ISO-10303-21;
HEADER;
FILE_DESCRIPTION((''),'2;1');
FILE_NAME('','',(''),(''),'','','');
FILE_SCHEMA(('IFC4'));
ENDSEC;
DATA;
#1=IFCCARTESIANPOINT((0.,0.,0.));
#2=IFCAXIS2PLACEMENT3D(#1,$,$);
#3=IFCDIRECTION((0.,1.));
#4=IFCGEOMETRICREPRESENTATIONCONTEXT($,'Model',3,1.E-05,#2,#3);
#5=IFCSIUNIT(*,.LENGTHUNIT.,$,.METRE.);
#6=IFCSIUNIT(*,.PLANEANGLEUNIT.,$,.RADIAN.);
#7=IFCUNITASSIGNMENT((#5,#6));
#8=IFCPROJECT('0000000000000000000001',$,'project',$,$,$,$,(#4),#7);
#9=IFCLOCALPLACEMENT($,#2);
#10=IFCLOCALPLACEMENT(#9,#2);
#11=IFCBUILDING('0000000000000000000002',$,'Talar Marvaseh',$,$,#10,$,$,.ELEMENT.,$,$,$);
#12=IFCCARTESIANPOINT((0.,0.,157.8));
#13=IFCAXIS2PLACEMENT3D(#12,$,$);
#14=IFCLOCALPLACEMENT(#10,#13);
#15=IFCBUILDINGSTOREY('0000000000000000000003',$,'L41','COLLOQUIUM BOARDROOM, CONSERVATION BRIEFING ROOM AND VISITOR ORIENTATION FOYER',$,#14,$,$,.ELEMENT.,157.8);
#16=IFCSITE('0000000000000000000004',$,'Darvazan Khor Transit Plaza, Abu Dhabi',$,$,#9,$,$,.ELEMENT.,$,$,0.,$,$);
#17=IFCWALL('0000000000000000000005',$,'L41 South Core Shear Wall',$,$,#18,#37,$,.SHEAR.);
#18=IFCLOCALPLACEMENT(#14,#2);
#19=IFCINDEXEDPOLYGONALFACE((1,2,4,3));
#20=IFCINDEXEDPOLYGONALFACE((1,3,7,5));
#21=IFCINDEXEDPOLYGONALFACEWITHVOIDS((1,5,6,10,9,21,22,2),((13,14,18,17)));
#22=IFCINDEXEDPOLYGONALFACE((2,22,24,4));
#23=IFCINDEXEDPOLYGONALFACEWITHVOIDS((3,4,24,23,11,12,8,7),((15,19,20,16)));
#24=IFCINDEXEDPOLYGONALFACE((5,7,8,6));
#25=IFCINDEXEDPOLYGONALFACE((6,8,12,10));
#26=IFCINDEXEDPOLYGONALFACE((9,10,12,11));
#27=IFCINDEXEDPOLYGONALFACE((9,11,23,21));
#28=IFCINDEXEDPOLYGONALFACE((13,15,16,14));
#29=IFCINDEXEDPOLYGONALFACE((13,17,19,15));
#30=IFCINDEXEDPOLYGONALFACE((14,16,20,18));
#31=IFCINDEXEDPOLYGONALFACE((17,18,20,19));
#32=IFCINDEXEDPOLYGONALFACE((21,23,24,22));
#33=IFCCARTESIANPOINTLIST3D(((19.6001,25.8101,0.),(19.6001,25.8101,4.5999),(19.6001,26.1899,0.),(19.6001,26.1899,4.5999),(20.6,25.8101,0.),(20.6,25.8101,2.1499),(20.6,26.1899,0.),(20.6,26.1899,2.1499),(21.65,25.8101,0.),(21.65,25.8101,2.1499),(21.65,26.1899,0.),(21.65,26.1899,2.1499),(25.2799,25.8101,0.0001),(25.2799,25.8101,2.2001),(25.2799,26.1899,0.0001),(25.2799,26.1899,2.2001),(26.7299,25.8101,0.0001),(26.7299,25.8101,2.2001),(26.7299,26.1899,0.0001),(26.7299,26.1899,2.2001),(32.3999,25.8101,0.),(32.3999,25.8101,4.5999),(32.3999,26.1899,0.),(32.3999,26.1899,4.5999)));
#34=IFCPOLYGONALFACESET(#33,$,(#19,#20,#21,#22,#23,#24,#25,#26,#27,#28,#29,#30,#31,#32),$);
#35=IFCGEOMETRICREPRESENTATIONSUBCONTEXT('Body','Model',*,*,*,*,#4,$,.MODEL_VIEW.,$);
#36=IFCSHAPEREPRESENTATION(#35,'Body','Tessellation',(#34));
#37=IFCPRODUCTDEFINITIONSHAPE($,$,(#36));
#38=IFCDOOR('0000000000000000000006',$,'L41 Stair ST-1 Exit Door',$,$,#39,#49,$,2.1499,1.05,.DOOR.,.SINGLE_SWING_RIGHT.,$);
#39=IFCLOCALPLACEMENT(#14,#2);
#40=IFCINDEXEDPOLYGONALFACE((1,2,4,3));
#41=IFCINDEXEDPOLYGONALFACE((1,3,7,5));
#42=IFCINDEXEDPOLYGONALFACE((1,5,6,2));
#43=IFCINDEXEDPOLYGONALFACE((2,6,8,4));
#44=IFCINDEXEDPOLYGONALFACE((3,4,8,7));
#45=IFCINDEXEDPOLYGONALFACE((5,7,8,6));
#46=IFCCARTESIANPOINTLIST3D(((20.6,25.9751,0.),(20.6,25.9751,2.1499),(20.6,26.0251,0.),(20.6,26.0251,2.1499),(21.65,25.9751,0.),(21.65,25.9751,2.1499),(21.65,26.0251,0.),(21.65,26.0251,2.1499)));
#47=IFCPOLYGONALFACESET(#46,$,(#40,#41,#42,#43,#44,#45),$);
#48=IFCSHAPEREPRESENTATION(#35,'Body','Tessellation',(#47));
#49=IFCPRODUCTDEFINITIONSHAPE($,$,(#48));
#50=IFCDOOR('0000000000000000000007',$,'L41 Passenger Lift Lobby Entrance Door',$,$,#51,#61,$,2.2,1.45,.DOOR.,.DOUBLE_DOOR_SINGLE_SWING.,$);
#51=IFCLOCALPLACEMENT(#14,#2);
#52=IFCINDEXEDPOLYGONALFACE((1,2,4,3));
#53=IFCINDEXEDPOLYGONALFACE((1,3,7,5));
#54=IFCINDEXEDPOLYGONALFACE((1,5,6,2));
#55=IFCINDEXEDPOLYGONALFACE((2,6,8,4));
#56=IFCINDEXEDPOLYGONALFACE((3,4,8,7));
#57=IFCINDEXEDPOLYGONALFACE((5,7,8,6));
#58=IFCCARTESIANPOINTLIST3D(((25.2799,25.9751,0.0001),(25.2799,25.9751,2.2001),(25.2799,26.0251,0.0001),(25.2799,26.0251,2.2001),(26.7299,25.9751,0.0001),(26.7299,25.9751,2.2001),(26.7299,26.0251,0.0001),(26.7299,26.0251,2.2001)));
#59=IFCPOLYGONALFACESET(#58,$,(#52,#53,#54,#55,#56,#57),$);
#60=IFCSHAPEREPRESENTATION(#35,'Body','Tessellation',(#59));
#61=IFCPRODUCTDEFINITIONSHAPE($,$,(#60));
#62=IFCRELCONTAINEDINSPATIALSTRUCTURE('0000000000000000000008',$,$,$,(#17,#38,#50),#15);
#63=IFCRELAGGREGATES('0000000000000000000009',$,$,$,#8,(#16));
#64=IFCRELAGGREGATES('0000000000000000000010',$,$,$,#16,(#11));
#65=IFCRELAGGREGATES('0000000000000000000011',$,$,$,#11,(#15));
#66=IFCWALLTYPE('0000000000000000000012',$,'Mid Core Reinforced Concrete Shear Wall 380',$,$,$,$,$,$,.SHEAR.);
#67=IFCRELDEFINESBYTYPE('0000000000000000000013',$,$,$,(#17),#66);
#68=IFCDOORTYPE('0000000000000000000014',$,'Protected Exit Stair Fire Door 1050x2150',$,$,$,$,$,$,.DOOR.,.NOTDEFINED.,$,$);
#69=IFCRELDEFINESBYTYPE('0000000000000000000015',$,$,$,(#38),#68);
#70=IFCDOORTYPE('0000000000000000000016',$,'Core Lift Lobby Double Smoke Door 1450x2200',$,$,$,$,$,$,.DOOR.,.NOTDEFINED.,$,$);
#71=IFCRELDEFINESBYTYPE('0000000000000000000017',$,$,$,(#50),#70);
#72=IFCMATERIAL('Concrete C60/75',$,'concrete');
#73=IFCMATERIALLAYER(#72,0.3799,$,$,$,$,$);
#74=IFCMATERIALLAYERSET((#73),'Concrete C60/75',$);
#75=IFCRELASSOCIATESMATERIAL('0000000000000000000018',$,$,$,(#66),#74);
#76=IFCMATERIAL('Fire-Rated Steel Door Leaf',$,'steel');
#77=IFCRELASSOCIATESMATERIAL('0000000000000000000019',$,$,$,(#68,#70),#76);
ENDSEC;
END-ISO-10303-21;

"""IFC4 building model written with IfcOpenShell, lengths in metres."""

from ifc_helpers import new_model, si_unit, direction, frame, frame_2d, origin, place, context, subcontext, project, spatial, rectangle, extrude, source, transform, mapped, material, layer, layer_set, type_object, type_shapes, element, fill, save


model = new_model("IFC4")

# Units and contexts
model_context = context("Model", 3, precision=1e-05, world=origin(), true_north=direction((0.0, 1.0)))
body_context = subcontext(model_context, "Body", "Model", "MODEL_VIEW")
ifc_project = project(units=[si_unit("LENGTHUNIT", "METRE"), si_unit("PLANEANGLEUNIT", "RADIAN")], contexts=[model_context])

# Site, building, storey
site_placement = place(None, origin())
site = spatial("IfcSite", under=ifc_project, at=site_placement, Name="Darvazan Khor Transit Plaza, Abu Dhabi", CompositionType="ELEMENT", RefElevation=0.0)
building_placement = place(site_placement, origin())
building = spatial("IfcBuilding", under=site, at=building_placement, Name="Talar Marvaseh", CompositionType="ELEMENT")
storey_placement = place(building_placement, frame((0.0, 0.0, 157.8)))
storey = spatial("IfcBuildingStorey", under=building, at=storey_placement, Name="L41", Description="COLLOQUIUM BOARDROOM, CONSERVATION BRIEFING ROOM AND VISITOR ORIENTATION FOYER", CompositionType="ELEMENT", Elevation=157.8)

# Shared definitions
ifc_material_1 = material(Name="Concrete C60/75", Category="concrete")

# Wall, openings, doors
ifc_layer_1 = layer(ifc_material_1, 0.3799)
ifc_layer_set_1 = layer_set([ifc_layer_1], Name="Concrete C60/75")
wall_type_1 = type_object("IfcWallType", Name="Mid Core Reinforced Concrete Shear Wall 380", PredefinedType="SHEAR", material=ifc_layer_set_1)
wall_1_placement = place(storey_placement, frame((32.3999, 26.0, 0.0), z_axis=(0.0, 0.0, 1.0), x_axis=(-1.0, 0.0, 0.0)))
wall_1 = element("IfcWall", 1, at=wall_1_placement, inside=storey, type_object=wall_type_1, Name="L41 South Core Shear Wall", PredefinedType="SHEAR", context=body_context, shape_type="SweptSolid", body=[
    extrude(rectangle(XDim=12.7998, YDim=0.3799, at=frame_2d((6.3999, 0.0))), origin(), (0.0, 0.0, 1.0), 4.5999),
])
opening_1_placement = place(wall_1_placement, frame((10.75, 0.0, 0.0)))
opening_1 = element("IfcOpeningElement", 2, at=opening_1_placement, cuts=wall_1, PredefinedType="OPENING", context=body_context, shape_type="SweptSolid", body=[
    extrude(rectangle(XDim=1.05, YDim=2.1499, at=frame_2d((0.5249, 1.075))), frame((0.0, 0.2, 0.0), z_axis=(0.0, -1.0, 0.0), x_axis=(1.0, 0.0, 0.0)), (0.0, 0.0, 1.0), 0.3999),
])
opening_2_placement = place(wall_1_placement, frame((5.6699, 0.0, 0.0)))
opening_2 = element("IfcOpeningElement", 3, at=opening_2_placement, cuts=wall_1, PredefinedType="OPENING", context=body_context, shape_type="SweptSolid", body=[
    extrude(rectangle(XDim=1.45, YDim=2.2, at=frame_2d((0.7251, 1.1001))), frame((0.0, 0.2, 0.0), z_axis=(0.0, -1.0, 0.0), x_axis=(1.0, 0.0, 0.0)), (0.0, 0.0, 1.0), 0.3999),
])
ifc_material_2 = material(Name="Fire-Rated Steel Door Leaf", Category="steel")
door_type_1 = type_object("IfcDoorType", Name="Protected Exit Stair Fire Door 1050x2150", OperationType="NOTDEFINED", PredefinedType="DOOR", material=ifc_material_2)
shared_shape_1 = source(origin(), body_context, "Body", "SweptSolid", [
    extrude(rectangle(XDim=1.05, YDim=2.1499, at=frame_2d((0.5249, 1.075))), frame((0.0, 0.0249, 0.0), z_axis=(0.0, -1.0, 0.0), x_axis=(1.0, 0.0, 0.0)), (0.0, 0.0, 1.0), 0.05),
])
type_shapes(door_type_1, [shared_shape_1])
door_1_placement = place(opening_1_placement, origin())
door_1 = element("IfcDoor", 4, at=door_1_placement, inside=storey, type_object=door_type_1, Name="L41 Stair ST-1 Exit Door", OperationType="SINGLE_SWING_RIGHT", OverallHeight=2.1499, OverallWidth=1.05, PredefinedType="DOOR", context=body_context, shape_type="MappedRepresentation", body=[
    mapped(shared_shape_1, transform((0.0, 0.0, 0.0), x_axis=(1.0, 0.0, 0.0), y_axis=(0.0, 1.0, 0.0), z_axis=(0.0, 0.0, 1.0), scale=1.0)),
])
fill(opening_1, door_1)
door_type_2 = type_object("IfcDoorType", Name="Core Lift Lobby Double Smoke Door 1450x2200", OperationType="NOTDEFINED", PredefinedType="DOOR", material=ifc_material_2)
shared_shape_2 = source(origin(), body_context, "Body", "SweptSolid", [
    extrude(rectangle(XDim=1.45, YDim=2.2, at=frame_2d((0.7251, 1.1001))), frame((0.0, 0.0249, 0.0), z_axis=(0.0, -1.0, 0.0), x_axis=(1.0, 0.0, 0.0)), (0.0, 0.0, 1.0), 0.05),
])
type_shapes(door_type_2, [shared_shape_2])
door_2_placement = place(opening_2_placement, origin())
door_2 = element("IfcDoor", 5, at=door_2_placement, inside=storey, type_object=door_type_2, Name="L41 Passenger Lift Lobby Entrance Door", OperationType="DOUBLE_DOOR_SINGLE_SWING", OverallHeight=2.2, OverallWidth=1.45, PredefinedType="DOOR", context=body_context, shape_type="MappedRepresentation", body=[
    mapped(shared_shape_2, transform((0.0, 0.0, 0.0), x_axis=(1.0, 0.0, 0.0), y_axis=(0.0, 1.0, 0.0), z_axis=(0.0, 0.0, 1.0), scale=1.0)),
])
fill(opening_2, door_2)

save(model, "model.ifc")
